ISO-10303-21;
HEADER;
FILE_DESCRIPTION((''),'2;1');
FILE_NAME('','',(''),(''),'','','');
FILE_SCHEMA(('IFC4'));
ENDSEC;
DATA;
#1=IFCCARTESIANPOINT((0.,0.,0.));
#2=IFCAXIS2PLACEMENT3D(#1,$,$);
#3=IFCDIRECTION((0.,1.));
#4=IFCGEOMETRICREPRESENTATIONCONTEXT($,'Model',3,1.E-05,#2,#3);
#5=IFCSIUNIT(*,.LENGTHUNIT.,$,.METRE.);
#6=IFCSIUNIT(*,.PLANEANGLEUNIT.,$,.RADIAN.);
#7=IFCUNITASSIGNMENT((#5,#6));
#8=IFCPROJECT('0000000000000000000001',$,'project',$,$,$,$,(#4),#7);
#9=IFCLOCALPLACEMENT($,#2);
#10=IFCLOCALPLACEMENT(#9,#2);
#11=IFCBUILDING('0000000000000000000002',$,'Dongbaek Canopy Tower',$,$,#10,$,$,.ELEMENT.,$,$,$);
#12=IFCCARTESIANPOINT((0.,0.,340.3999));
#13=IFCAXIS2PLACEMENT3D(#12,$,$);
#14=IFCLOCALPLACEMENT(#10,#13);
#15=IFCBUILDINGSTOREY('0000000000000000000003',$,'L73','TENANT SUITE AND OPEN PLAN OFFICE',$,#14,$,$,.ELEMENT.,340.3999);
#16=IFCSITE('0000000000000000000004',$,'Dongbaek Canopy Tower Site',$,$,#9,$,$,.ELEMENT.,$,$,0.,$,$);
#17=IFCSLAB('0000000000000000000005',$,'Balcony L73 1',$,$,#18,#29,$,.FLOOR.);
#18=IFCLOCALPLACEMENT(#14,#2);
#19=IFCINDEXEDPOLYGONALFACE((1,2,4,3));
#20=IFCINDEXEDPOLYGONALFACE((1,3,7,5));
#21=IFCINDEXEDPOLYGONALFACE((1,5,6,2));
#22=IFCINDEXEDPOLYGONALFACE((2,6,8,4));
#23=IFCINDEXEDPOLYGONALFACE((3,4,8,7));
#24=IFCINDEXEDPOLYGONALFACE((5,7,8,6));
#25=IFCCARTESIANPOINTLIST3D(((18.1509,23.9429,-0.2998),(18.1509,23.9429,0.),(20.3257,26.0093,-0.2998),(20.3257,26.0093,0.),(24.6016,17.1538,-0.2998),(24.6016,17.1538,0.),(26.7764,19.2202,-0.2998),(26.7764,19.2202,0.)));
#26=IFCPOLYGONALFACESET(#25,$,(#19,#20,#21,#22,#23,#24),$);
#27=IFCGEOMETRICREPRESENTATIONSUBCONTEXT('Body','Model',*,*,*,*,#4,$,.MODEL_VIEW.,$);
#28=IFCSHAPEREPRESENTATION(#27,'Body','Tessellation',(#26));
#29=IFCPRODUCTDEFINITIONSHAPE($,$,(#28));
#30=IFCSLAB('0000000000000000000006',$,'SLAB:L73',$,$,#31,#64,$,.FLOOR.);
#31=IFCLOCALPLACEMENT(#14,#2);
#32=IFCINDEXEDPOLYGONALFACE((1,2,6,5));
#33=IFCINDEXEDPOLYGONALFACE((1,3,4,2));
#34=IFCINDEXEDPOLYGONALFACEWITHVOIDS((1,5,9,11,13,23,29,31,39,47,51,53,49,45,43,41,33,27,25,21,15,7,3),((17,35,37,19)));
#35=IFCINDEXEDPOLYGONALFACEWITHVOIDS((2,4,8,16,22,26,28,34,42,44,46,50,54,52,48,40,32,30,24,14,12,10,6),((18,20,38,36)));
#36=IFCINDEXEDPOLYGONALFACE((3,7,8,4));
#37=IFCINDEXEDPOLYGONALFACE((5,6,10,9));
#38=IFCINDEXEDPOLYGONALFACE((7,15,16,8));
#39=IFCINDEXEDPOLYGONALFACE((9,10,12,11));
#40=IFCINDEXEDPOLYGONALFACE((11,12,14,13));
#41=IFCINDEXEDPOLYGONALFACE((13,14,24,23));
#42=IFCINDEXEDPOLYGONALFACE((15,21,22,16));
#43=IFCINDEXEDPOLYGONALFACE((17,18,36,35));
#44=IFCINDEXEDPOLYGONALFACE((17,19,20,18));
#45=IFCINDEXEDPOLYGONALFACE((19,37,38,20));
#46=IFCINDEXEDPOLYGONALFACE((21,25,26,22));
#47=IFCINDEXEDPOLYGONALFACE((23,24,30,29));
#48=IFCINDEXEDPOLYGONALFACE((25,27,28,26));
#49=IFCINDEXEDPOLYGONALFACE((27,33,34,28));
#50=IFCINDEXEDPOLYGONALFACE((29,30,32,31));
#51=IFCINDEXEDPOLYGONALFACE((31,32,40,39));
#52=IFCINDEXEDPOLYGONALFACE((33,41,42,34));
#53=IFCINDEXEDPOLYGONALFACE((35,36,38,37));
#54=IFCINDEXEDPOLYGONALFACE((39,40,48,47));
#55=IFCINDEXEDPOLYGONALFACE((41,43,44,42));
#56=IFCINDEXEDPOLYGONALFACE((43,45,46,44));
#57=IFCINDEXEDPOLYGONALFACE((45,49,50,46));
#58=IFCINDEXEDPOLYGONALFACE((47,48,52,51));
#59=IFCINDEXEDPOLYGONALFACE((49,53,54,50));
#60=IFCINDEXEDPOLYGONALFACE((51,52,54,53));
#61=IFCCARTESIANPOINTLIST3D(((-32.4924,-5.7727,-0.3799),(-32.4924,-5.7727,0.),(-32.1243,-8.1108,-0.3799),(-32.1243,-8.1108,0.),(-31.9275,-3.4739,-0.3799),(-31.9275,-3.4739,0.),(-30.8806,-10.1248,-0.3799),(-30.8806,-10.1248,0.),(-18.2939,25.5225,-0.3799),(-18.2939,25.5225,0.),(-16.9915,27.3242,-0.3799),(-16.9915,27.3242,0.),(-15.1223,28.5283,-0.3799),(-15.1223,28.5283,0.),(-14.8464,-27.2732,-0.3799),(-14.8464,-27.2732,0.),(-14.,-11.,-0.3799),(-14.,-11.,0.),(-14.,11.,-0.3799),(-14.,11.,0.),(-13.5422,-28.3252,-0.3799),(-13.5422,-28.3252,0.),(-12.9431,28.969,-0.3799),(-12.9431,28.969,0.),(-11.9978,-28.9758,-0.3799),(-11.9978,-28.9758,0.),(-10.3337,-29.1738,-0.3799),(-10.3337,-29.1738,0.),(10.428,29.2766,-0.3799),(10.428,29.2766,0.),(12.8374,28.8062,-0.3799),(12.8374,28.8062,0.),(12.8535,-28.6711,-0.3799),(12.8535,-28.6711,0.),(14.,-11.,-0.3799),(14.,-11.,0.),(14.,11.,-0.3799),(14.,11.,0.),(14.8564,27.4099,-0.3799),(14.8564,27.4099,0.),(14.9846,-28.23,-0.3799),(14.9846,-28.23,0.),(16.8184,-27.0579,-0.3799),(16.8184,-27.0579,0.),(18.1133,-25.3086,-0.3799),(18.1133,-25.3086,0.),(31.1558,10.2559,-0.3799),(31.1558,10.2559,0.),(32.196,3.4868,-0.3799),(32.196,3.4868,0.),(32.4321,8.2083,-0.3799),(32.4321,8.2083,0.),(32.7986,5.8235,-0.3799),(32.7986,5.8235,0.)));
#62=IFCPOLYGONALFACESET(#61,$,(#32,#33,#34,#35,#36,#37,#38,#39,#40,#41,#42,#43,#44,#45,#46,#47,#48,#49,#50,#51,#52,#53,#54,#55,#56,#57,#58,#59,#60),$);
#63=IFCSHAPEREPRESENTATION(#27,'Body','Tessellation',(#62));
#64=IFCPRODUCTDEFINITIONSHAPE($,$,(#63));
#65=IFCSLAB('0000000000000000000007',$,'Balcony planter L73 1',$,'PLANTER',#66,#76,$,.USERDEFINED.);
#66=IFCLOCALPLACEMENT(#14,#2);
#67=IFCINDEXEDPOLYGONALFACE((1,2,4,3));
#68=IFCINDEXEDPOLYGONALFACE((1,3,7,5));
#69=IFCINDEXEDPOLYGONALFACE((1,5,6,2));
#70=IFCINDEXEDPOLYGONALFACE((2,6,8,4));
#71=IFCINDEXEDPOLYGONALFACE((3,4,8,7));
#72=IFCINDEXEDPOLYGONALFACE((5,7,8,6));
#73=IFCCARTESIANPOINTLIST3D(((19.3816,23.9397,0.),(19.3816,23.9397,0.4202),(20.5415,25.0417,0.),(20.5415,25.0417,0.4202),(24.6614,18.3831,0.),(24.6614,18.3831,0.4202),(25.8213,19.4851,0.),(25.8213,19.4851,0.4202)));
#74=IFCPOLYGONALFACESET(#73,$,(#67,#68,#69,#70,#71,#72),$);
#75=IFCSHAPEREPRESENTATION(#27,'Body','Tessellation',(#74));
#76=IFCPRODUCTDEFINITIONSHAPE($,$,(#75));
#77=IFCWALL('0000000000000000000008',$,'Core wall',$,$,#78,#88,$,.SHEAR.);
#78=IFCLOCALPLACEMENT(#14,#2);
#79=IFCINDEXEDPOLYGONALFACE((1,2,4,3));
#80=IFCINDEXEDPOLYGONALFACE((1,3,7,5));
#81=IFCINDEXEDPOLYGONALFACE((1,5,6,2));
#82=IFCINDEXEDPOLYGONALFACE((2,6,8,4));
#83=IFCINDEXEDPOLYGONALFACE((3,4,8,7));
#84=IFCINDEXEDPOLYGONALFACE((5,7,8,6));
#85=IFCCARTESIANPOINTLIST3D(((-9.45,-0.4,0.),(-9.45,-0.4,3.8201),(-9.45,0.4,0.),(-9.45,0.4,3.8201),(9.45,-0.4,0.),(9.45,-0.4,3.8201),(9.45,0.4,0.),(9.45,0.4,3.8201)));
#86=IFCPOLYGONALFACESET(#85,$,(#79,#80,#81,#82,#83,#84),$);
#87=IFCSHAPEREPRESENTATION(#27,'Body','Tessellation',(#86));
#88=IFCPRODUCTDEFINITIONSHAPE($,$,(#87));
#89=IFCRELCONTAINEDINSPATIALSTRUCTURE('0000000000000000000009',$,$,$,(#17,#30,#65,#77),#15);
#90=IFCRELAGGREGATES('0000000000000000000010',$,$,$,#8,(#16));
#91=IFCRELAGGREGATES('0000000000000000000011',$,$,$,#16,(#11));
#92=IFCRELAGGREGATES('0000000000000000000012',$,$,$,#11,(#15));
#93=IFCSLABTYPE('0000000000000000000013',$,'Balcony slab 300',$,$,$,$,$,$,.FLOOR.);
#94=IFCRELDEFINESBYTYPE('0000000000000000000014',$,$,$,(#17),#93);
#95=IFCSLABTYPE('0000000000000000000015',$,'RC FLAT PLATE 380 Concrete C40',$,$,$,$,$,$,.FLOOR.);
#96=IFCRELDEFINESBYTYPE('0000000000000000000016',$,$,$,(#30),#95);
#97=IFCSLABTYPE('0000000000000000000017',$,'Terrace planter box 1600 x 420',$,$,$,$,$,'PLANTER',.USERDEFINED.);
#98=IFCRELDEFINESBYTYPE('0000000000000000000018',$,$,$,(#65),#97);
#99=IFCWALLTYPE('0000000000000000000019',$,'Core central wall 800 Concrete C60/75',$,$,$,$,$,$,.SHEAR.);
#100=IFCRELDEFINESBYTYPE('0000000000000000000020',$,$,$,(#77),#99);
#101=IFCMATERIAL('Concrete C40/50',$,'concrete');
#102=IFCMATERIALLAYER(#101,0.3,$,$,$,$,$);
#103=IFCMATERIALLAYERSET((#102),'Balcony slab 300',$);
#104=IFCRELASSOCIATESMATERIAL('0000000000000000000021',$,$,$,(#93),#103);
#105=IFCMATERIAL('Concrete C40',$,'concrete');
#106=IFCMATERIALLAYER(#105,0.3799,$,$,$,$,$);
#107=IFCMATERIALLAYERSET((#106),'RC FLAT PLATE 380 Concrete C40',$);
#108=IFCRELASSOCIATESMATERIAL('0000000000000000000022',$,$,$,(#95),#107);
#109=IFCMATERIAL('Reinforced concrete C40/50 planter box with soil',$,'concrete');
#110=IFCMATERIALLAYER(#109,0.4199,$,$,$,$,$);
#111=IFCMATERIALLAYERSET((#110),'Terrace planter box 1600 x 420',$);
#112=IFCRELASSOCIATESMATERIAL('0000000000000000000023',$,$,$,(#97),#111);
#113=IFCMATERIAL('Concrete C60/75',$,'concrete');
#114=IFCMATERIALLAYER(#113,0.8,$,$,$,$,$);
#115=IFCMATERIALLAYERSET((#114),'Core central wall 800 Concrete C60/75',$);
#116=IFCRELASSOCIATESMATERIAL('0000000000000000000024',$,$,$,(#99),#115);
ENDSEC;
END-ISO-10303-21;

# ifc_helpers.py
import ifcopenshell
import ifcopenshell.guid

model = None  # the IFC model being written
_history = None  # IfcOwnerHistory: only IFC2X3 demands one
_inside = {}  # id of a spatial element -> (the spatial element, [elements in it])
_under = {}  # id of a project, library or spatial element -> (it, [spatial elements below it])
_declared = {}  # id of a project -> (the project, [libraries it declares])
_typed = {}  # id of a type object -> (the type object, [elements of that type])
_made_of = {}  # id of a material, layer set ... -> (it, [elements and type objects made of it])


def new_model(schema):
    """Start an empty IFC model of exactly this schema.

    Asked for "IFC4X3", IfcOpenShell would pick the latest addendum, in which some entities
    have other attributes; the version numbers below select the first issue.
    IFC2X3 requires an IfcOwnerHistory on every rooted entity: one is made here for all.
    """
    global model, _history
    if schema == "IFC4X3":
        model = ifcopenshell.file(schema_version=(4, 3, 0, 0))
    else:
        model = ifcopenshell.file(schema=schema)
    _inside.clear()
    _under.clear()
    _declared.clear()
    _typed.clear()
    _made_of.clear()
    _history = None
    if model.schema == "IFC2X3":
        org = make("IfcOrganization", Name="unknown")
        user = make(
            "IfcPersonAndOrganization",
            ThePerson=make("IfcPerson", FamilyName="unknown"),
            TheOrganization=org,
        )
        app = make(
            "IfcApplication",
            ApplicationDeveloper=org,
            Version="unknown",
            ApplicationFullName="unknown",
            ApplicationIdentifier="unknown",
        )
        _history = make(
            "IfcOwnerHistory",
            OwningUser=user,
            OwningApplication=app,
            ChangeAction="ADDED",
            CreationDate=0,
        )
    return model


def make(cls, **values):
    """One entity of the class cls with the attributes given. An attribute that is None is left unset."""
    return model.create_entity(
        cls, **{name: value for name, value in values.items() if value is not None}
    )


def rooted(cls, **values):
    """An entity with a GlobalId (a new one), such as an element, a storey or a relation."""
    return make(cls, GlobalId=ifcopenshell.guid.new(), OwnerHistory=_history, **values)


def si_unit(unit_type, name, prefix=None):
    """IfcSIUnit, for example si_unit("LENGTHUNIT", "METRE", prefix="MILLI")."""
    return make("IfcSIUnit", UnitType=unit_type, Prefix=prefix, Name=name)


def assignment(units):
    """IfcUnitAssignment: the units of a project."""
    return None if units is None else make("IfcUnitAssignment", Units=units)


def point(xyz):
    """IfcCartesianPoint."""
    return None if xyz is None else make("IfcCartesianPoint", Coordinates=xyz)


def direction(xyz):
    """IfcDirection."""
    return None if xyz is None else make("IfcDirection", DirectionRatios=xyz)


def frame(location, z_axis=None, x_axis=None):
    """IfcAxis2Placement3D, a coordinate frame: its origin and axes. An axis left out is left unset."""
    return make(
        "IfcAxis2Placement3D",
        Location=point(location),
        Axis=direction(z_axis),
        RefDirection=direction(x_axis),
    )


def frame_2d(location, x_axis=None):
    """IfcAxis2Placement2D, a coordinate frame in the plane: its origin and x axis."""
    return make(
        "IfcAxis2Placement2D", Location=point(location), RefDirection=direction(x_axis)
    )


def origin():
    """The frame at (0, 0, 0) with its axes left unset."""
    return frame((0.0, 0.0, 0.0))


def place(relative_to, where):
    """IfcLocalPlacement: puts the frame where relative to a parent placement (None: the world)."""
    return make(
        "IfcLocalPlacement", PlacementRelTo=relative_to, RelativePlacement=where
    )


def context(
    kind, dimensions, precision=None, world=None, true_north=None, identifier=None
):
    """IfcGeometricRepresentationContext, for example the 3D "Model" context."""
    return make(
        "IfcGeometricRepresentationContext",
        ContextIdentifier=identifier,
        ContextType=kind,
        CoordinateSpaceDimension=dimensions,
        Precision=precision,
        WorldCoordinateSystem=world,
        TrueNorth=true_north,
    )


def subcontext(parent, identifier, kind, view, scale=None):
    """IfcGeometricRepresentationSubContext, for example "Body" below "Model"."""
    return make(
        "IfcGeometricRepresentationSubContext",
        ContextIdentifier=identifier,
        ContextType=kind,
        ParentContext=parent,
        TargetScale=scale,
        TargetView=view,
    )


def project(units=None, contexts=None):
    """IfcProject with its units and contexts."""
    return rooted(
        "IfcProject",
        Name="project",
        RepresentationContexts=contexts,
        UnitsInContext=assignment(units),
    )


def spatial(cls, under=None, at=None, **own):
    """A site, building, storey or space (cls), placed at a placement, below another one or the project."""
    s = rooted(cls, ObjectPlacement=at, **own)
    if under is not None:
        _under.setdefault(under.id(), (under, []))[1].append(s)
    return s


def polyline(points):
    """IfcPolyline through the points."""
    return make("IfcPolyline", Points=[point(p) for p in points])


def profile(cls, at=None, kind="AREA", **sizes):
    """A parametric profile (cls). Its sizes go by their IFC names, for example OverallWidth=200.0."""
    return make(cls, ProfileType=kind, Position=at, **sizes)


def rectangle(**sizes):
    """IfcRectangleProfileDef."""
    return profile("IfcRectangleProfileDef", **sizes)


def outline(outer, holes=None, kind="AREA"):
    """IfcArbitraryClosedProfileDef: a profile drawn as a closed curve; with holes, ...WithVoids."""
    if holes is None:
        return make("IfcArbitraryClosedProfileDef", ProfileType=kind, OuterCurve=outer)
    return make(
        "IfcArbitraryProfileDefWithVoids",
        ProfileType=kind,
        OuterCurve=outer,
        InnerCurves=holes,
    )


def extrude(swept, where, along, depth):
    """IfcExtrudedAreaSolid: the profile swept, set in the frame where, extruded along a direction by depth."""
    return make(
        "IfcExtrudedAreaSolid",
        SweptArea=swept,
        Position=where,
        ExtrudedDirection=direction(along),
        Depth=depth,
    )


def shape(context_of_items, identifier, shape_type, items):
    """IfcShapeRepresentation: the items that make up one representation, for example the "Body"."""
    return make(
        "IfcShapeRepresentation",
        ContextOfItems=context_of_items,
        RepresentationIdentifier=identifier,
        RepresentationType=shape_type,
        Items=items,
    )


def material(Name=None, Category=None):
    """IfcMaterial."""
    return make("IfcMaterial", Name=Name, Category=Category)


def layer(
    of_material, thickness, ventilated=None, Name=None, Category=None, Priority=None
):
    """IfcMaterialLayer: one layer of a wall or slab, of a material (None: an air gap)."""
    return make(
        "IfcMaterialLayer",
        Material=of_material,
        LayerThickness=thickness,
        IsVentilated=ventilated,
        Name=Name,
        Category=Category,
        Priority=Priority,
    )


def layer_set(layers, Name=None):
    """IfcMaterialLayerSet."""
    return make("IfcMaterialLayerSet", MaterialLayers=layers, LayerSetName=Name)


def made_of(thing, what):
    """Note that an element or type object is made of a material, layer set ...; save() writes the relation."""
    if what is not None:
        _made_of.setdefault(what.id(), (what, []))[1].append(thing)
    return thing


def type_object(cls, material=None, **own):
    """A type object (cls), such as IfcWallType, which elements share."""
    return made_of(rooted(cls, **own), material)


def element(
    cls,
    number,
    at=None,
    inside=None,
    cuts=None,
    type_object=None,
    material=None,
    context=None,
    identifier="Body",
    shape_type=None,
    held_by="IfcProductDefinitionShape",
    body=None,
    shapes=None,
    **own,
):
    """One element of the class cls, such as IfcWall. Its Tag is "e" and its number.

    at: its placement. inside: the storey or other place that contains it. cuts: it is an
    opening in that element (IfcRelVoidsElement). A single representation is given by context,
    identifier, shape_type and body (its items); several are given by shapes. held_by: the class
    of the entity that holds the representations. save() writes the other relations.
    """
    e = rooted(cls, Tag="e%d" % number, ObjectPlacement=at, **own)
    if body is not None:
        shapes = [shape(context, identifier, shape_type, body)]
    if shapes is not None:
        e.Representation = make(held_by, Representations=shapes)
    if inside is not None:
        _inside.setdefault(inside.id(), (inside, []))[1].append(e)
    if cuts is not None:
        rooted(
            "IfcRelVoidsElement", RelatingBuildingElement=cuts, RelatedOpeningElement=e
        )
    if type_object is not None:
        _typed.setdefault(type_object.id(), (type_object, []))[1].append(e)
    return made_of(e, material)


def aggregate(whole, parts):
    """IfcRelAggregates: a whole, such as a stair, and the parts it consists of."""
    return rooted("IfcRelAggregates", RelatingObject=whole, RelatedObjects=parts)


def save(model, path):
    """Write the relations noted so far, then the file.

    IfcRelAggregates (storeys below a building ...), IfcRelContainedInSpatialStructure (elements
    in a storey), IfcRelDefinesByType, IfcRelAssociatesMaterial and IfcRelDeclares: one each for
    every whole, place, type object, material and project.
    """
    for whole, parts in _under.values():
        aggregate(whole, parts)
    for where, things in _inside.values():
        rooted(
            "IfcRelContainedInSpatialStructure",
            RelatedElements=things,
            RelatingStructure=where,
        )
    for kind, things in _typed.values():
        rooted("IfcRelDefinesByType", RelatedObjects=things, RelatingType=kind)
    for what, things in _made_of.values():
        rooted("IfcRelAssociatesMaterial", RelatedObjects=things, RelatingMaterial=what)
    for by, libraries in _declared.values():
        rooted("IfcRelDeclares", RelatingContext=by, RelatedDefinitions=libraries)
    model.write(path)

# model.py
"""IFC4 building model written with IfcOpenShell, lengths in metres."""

from ifc_helpers import new_model, si_unit, direction, frame, frame_2d, origin, place, context, subcontext, project, spatial, polyline, rectangle, outline, extrude, material, layer, layer_set, type_object, element, save


model = new_model("IFC4")

# Units and contexts
model_context = context("Model", 3, precision=1e-05, world=origin(), true_north=direction((0.0, 1.0)))
body_context = subcontext(model_context, "Body", "Model", "MODEL_VIEW")
ifc_project = project(units=[si_unit("LENGTHUNIT", "METRE"), si_unit("PLANEANGLEUNIT", "RADIAN")], contexts=[model_context])

# Site, building, storey
site_placement = place(None, origin())
site = spatial("IfcSite", under=ifc_project, at=site_placement, Name="Dongbaek Canopy Tower Site", CompositionType="ELEMENT", RefElevation=0.0)
building_placement = place(site_placement, origin())
building = spatial("IfcBuilding", under=site, at=building_placement, Name="Dongbaek Canopy Tower", CompositionType="ELEMENT")
storey_placement = place(building_placement, frame((0.0, 0.0, 340.3999)))
storey = spatial("IfcBuildingStorey", under=building, at=storey_placement, Name="L73", Description="TENANT SUITE AND OPEN PLAN OFFICE", CompositionType="ELEMENT", Elevation=340.3999)

# Slabs
ifc_material_1 = material(Name="Concrete C40/50", Category="concrete")
ifc_layer_1 = layer(ifc_material_1, 0.3)
ifc_layer_set_1 = layer_set([ifc_layer_1], Name="Balcony slab 300")
slab_type_1 = type_object("IfcSlabType", Name="Balcony slab 300", PredefinedType="FLOOR", material=ifc_layer_set_1)
slab_1_placement = place(storey_placement, frame((0.0, 0.0, -0.2998)))
element("IfcSlab", 1, at=slab_1_placement, inside=storey, type_object=slab_type_1, Name="Balcony L73 1", PredefinedType="FLOOR", context=body_context, shape_type="SweptSolid", body=[
    extrude(outline(polyline([(24.6016, 17.1538), (18.1509, 23.9429), (20.3257, 26.0093), (26.7764, 19.2202), (24.6016, 17.1538)])), origin(), (0.0, 0.0, 1.0), 0.2998),
])
ifc_material_2 = material(Name="Concrete C40", Category="concrete")
ifc_layer_2 = layer(ifc_material_2, 0.3799)
ifc_layer_set_2 = layer_set([ifc_layer_2], Name="RC FLAT PLATE 380 Concrete C40")
slab_type_2 = type_object("IfcSlabType", Name="RC FLAT PLATE 380 Concrete C40", PredefinedType="FLOOR", material=ifc_layer_set_2)
slab_2_placement = place(storey_placement, frame((0.0, 0.0, -0.3799)))
element("IfcSlab", 2, at=slab_2_placement, inside=storey, type_object=slab_type_2, Name="SLAB:L73", PredefinedType="FLOOR", context=body_context, shape_type="SweptSolid", body=[
    extrude(outline(polyline([(18.1133, -25.3086), (16.8184, -27.0579), (14.9846, -28.23), (12.8535, -28.6711), (-10.3337, -29.1738), (-11.9978, -28.9758), (-13.5422, -28.3252), (-14.8464, -27.2732), (-30.8806, -10.1248), (-32.1243, -8.1108), (-32.4924, -5.7727), (-31.9275, -3.4739), (-18.2939, 25.5225), (-16.9915, 27.3242), (-15.1223, 28.5283), (-12.9431, 28.969), (10.428, 29.2766), (12.8374, 28.8062), (14.8564, 27.4099), (31.1558, 10.2559), (32.4321, 8.2083), (32.7986, 5.8235), (32.196, 3.4868), (18.1133, -25.3086)]), holes=[polyline([(14.0, 11.0), (-14.0, 11.0), (-14.0, -11.0), (14.0, -11.0), (14.0, 11.0)])]), origin(), (0.0, 0.0, 1.0), 0.3799),
])
ifc_material_3 = material(Name="Reinforced concrete C40/50 planter box with soil", Category="concrete")
ifc_layer_3 = layer(ifc_material_3, 0.4199)
ifc_layer_set_3 = layer_set([ifc_layer_3], Name="Terrace planter box 1600 x 420")
slab_type_3 = type_object("IfcSlabType", Name="Terrace planter box 1600 x 420", ElementType="PLANTER", PredefinedType="USERDEFINED", material=ifc_layer_set_3)
slab_3_placement = place(storey_placement, origin())
element("IfcSlab", 3, at=slab_3_placement, inside=storey, type_object=slab_type_3, Name="Balcony planter L73 1", ObjectType="PLANTER", PredefinedType="USERDEFINED", context=body_context, shape_type="SweptSolid", body=[
    extrude(outline(polyline([(24.6614, 18.3831), (19.3816, 23.9397), (20.5415, 25.0417), (25.8213, 19.4851), (24.6614, 18.3831)])), origin(), (0.0, 0.0, 1.0), 0.4202),
])

# Wall
ifc_material_4 = material(Name="Concrete C60/75", Category="concrete")
ifc_layer_4 = layer(ifc_material_4, 0.8)
ifc_layer_set_4 = layer_set([ifc_layer_4], Name="Core central wall 800 Concrete C60/75")
wall_type_1 = type_object("IfcWallType", Name="Core central wall 800 Concrete C60/75", PredefinedType="SHEAR", material=ifc_layer_set_4)
wall_1_placement = place(storey_placement, frame((-9.45, 0.0, 0.0), z_axis=(0.0, 0.0, 1.0), x_axis=(1.0, 0.0, 0.0)))
element("IfcWall", 4, at=wall_1_placement, inside=storey, type_object=wall_type_1, Name="Core wall", PredefinedType="SHEAR", context=body_context, shape_type="SweptSolid", body=[
    extrude(rectangle(XDim=18.8999, YDim=0.8, at=frame_2d((9.45, 0.0))), origin(), (0.0, 0.0, 1.0), 3.8201),
])

save(model, "model.ifc")
